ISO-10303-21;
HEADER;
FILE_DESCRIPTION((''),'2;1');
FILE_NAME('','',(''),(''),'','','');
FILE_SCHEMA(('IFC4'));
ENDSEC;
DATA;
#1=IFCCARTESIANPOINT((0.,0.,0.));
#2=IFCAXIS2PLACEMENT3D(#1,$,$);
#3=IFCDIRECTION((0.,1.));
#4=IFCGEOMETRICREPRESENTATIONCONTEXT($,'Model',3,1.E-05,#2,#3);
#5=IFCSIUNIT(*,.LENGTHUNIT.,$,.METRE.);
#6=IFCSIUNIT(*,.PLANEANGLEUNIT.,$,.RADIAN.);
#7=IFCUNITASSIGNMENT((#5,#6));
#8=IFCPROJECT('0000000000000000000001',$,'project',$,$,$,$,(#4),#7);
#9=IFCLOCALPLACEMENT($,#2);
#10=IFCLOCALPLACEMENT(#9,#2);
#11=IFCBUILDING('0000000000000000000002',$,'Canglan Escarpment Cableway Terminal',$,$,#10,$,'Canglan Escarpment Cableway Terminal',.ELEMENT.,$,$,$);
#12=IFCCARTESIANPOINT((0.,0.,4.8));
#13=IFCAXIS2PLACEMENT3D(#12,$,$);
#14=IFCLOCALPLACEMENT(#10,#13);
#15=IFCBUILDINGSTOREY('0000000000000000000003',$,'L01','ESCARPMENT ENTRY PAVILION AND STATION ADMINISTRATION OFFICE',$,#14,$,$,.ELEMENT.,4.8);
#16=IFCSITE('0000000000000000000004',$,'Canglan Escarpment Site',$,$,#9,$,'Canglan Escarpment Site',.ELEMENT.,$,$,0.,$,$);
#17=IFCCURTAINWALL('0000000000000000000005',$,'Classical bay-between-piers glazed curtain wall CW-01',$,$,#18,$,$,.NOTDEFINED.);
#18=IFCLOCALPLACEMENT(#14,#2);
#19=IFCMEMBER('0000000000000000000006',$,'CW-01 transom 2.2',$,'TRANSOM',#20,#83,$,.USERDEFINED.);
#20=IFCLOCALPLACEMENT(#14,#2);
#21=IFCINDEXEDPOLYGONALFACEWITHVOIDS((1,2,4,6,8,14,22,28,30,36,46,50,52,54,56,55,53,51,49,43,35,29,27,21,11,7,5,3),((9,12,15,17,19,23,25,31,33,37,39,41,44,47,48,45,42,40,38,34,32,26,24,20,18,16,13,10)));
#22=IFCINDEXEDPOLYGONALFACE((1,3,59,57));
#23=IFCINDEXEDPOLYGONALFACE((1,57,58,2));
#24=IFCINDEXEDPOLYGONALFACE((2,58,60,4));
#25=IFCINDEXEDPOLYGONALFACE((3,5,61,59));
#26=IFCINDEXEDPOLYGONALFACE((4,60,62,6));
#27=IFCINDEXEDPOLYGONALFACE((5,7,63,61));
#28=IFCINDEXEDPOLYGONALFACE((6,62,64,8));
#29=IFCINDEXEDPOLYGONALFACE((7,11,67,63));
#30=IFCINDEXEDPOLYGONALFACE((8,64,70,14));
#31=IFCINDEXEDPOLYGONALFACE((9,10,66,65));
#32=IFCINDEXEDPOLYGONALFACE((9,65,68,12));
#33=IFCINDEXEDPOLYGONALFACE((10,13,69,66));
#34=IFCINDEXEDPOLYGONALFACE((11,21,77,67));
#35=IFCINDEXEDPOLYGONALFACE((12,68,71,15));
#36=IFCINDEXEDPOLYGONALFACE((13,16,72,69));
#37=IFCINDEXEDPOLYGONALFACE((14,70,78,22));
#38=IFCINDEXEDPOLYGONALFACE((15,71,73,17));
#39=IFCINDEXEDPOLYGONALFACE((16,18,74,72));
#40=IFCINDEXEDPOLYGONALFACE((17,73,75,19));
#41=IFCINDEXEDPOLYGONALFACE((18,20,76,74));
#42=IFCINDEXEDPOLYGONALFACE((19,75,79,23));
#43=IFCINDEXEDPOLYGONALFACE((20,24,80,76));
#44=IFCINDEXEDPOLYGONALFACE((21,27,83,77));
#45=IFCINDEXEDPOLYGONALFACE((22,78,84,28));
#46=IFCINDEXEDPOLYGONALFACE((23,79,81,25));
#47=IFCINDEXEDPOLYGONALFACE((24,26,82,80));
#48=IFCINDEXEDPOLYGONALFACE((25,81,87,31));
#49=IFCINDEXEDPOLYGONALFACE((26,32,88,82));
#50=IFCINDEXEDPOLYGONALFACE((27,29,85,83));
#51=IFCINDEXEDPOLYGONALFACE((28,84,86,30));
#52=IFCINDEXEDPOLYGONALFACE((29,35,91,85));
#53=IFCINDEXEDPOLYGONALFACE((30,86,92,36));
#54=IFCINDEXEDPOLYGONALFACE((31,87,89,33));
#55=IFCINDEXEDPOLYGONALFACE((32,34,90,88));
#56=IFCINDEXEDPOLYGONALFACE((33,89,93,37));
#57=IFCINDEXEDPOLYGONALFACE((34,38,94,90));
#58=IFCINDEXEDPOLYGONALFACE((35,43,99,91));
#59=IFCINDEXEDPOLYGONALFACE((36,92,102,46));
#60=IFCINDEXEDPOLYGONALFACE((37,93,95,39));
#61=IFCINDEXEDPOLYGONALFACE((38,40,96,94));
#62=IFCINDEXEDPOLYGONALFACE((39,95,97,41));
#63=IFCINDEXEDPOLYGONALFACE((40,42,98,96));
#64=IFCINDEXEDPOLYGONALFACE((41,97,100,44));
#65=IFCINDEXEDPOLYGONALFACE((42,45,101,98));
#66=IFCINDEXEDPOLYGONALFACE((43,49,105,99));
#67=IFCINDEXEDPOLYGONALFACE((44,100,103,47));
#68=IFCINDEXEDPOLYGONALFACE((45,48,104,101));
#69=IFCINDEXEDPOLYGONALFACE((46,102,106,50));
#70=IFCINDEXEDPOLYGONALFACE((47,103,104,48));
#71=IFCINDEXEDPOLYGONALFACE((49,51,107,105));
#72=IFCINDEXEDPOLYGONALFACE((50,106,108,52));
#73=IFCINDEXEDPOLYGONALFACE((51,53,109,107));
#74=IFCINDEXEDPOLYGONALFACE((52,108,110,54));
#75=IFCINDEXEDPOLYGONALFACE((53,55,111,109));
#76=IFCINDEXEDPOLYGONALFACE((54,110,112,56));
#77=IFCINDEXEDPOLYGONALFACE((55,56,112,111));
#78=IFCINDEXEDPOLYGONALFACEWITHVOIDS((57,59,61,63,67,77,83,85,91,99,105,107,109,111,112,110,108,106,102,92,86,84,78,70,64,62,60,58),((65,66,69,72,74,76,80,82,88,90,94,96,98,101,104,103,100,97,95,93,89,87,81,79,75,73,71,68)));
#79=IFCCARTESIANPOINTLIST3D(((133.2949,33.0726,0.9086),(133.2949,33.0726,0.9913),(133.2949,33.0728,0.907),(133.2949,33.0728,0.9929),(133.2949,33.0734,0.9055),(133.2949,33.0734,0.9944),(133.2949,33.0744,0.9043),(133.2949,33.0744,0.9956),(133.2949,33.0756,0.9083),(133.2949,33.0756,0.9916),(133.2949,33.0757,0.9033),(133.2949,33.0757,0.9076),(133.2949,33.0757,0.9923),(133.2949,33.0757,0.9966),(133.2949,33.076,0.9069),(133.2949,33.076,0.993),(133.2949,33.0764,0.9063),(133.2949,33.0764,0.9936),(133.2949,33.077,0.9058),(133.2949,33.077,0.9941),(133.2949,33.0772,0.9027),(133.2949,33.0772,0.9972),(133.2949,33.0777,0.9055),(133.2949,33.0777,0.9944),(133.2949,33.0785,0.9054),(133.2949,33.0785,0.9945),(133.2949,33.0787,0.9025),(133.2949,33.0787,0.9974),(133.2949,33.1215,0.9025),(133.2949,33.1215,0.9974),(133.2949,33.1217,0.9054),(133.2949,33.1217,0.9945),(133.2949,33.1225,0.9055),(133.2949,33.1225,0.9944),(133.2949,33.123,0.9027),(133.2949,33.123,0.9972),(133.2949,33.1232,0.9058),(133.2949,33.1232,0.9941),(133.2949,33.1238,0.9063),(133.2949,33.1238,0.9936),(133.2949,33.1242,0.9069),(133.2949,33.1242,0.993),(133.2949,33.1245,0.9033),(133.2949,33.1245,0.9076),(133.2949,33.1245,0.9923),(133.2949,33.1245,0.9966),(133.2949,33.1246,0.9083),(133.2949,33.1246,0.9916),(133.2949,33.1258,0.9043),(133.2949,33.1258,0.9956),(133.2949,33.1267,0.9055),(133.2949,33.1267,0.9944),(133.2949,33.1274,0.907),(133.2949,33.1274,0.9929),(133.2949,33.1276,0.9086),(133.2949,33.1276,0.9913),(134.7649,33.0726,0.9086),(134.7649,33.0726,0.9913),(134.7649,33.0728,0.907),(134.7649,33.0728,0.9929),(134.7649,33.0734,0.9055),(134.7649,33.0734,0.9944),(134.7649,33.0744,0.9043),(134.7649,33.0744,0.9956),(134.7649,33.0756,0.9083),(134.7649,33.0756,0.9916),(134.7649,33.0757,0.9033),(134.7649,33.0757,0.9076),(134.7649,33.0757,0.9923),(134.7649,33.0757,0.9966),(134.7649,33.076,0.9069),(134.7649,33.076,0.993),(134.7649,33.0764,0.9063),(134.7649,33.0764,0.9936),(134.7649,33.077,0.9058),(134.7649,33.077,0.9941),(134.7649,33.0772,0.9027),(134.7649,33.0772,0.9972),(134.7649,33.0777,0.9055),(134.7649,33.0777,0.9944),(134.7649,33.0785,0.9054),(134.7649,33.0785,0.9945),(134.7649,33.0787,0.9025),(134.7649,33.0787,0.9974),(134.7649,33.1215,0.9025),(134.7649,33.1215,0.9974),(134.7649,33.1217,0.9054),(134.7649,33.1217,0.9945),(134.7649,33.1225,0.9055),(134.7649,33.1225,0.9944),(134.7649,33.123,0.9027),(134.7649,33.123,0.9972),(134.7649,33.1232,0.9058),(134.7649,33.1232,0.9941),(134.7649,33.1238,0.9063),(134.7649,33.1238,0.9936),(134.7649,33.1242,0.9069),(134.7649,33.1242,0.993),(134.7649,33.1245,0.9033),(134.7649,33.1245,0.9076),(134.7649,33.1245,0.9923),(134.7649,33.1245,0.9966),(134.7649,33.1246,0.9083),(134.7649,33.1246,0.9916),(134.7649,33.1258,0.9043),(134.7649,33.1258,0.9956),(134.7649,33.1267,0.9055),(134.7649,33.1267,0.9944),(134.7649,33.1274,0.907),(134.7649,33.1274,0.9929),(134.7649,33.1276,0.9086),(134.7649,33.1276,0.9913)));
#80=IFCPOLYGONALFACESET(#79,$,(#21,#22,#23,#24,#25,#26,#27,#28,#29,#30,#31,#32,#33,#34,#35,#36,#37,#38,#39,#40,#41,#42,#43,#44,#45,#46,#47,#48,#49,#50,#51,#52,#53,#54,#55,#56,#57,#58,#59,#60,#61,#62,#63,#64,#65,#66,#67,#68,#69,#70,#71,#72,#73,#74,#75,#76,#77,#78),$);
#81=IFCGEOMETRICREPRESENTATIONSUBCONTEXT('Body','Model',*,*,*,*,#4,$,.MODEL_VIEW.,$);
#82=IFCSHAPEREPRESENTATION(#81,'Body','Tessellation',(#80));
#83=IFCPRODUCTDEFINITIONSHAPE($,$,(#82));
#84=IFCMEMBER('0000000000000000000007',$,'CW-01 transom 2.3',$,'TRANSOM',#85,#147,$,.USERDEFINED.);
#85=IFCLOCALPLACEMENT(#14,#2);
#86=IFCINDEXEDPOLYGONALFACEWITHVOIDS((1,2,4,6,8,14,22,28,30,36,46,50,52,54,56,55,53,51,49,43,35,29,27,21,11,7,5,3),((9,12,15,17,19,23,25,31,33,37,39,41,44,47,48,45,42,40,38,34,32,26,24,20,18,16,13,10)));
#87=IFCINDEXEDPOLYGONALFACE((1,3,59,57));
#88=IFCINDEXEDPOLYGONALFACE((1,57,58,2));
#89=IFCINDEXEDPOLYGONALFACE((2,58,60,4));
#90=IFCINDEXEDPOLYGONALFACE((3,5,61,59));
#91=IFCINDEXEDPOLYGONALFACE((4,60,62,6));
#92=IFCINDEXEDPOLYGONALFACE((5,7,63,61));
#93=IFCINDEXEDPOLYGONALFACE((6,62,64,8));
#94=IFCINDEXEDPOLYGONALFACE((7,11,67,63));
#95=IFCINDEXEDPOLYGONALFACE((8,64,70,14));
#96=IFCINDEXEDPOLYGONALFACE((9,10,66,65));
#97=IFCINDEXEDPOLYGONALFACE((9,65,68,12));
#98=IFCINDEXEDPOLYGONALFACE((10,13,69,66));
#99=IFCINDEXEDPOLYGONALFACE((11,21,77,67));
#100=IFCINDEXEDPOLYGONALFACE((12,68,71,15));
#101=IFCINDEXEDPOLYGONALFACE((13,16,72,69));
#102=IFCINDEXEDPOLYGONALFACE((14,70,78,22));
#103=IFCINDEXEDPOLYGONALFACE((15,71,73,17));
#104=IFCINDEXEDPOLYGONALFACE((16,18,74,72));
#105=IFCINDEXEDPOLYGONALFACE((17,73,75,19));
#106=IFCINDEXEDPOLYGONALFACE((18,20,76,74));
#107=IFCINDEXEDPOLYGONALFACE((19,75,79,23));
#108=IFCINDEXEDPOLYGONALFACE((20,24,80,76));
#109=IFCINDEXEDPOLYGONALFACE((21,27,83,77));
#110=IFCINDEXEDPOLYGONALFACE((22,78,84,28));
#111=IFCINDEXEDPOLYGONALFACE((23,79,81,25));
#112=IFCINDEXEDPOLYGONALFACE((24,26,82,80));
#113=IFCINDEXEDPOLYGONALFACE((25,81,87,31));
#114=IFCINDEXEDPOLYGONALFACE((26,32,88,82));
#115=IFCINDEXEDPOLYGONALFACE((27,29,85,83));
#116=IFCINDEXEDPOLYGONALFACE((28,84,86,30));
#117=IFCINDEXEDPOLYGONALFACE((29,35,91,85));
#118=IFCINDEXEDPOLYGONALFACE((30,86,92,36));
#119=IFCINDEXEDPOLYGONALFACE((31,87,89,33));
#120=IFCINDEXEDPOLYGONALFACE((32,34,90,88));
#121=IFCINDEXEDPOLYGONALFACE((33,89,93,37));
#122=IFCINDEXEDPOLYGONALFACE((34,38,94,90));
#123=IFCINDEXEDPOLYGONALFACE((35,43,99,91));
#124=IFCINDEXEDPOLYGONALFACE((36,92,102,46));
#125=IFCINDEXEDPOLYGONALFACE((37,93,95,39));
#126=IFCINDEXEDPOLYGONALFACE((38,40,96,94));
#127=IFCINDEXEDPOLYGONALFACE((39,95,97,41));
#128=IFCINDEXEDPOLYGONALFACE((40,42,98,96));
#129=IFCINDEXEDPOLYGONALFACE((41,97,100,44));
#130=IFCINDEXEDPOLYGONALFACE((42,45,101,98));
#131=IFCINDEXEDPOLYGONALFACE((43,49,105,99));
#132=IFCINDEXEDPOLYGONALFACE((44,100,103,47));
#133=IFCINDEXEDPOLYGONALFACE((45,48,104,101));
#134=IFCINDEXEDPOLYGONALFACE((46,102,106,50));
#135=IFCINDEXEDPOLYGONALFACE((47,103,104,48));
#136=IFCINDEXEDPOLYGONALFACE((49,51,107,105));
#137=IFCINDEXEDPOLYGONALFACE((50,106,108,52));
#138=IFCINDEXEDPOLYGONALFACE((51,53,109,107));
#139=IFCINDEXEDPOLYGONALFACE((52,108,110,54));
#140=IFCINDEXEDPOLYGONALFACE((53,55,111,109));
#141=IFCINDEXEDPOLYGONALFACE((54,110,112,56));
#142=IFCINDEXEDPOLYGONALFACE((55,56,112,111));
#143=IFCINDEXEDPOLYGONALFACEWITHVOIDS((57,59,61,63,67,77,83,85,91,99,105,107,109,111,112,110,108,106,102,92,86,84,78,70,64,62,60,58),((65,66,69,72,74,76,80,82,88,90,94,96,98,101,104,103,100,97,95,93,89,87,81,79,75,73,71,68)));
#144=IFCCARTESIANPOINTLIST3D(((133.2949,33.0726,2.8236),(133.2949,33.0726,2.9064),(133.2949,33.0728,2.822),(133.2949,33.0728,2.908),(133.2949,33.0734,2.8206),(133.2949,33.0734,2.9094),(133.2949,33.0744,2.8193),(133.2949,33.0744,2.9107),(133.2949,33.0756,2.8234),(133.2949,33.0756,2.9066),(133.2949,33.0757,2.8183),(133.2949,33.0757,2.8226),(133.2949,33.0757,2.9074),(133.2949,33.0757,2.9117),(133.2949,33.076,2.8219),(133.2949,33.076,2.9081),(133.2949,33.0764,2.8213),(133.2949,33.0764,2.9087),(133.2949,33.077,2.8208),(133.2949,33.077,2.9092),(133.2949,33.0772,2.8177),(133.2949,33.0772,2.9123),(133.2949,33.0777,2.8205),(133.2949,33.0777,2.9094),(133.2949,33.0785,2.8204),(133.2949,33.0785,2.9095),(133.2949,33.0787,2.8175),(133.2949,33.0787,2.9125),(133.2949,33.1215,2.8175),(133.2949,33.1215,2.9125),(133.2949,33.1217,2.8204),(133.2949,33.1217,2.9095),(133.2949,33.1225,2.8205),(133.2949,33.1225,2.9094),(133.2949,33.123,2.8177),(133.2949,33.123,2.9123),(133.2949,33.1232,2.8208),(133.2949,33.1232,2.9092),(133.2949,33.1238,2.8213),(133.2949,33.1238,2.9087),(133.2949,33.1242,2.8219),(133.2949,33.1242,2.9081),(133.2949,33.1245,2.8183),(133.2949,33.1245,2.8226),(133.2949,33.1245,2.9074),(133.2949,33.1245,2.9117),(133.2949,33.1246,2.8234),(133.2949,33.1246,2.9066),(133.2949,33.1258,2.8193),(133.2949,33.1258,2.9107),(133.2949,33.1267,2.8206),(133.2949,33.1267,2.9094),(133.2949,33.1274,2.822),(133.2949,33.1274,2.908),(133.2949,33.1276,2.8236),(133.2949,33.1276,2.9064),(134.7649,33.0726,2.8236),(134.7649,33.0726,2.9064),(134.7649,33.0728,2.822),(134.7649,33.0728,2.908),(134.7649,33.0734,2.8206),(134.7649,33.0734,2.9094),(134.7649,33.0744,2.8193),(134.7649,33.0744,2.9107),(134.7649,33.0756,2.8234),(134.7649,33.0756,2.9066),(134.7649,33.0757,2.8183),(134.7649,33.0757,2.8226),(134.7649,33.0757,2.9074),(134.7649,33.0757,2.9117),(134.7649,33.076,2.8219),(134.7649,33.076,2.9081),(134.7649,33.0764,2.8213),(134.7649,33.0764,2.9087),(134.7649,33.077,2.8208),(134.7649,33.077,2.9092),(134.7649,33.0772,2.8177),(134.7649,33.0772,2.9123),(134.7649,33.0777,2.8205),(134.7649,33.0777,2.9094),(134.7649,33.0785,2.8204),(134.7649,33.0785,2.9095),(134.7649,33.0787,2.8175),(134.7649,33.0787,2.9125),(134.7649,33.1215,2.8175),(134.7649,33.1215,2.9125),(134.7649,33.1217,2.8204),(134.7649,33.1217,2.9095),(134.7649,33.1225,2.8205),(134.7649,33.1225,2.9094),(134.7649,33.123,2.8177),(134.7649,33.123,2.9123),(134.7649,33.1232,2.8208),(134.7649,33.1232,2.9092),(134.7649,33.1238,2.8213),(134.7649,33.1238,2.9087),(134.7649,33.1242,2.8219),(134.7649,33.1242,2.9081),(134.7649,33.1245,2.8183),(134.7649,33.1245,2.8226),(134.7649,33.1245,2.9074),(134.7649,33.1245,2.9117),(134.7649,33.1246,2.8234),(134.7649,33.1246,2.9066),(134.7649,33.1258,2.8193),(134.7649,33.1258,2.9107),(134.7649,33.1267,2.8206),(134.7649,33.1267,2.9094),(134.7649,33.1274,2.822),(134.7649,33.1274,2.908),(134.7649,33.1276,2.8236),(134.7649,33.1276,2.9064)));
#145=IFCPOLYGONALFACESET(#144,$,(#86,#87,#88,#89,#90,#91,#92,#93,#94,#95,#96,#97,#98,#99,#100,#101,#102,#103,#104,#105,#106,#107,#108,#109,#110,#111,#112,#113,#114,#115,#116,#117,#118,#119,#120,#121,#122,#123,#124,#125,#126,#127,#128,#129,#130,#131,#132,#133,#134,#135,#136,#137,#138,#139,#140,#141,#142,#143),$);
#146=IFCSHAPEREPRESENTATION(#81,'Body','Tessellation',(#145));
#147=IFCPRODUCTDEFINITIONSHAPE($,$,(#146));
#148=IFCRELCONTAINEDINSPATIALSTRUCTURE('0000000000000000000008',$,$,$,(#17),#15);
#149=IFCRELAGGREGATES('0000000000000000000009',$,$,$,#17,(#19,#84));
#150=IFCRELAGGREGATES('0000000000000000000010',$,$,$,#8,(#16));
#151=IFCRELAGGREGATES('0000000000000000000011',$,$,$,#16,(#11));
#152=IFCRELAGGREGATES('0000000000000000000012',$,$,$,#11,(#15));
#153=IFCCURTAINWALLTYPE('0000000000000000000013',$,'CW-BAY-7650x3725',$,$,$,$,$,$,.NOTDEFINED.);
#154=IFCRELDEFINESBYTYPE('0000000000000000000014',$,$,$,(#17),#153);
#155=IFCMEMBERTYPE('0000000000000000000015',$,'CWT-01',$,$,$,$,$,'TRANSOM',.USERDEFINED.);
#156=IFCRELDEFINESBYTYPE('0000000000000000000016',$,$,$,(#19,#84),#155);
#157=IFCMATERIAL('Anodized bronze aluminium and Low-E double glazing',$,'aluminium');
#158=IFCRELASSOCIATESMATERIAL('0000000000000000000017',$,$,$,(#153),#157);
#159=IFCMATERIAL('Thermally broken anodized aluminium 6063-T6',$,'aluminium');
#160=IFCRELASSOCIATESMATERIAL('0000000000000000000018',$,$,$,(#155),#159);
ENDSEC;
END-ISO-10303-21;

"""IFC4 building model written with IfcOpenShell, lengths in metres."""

from ifc_helpers import new_model, si_unit, direction, frame, origin, origin_2d, place, context, subcontext, project, spatial, hollow_rectangle, extrude, material, material_profile, profile_set, type_object, element, aggregate, save


model = new_model("IFC4")

# Units and contexts
model_context = context("Model", 3, precision=1e-05, world=origin(), true_north=direction((0.0, 1.0)))
body_context = subcontext(model_context, "Body", "Model", "MODEL_VIEW")
ifc_project = project(units=[si_unit("LENGTHUNIT", "METRE"), si_unit("PLANEANGLEUNIT", "RADIAN")], contexts=[model_context])

# Site, building, storey
site_placement = place(None, origin())
site = spatial("IfcSite", under=ifc_project, at=site_placement, Name="Canglan Escarpment Site", LongName="Canglan Escarpment Site", CompositionType="ELEMENT", RefElevation=0.0)
building_placement = place(site_placement, origin())
building = spatial("IfcBuilding", under=site, at=building_placement, Name="Canglan Escarpment Cableway Terminal", LongName="Canglan Escarpment Cableway Terminal", CompositionType="ELEMENT")
storey_placement = place(building_placement, frame((0.0, 0.0, 4.8)))
storey = spatial("IfcBuildingStorey", under=building, at=storey_placement, Name="L01", Description="ESCARPMENT ENTRY PAVILION AND STATION ADMINISTRATION OFFICE", CompositionType="ELEMENT", Elevation=4.8)

# Curtain wall, members
ifc_material_1 = material(Name="Anodized bronze aluminium and Low-E double glazing", Category="aluminium")
curtain_wall_type = type_object("IfcCurtainWallType", Name="CW-BAY-7650x3725", PredefinedType="NOTDEFINED", material=ifc_material_1)
curtain_wall_placement = place(storey_placement, origin())
curtain_wall = element("IfcCurtainWall", 1, at=curtain_wall_placement, inside=storey, type_object=curtain_wall_type, Name="Classical bay-between-piers glazed curtain wall CW-01", PredefinedType="NOTDEFINED")
ifc_material_2 = material(Name="Thermally broken anodized aluminium 6063-T6", Category="aluminium")
ifc_material_profile_1 = material_profile(ifc_material_2, hollow_rectangle(XDim=0.0549, YDim=0.095, WallThickness=0.0029, InnerFilletRadius=0.0029, OuterFilletRadius=0.0061, at=origin_2d()), Name="ALU-TRAN 55x95x3")
ifc_profile_set_1 = profile_set([ifc_material_profile_1], Name="Thermally broken anodized aluminium 6063-T6")
member_type_1 = type_object("IfcMemberType", Name="CWT-01", ElementType="TRANSOM", PredefinedType="USERDEFINED", material=ifc_profile_set_1)
member_1_placement = place(storey_placement, frame((134.7649, 33.1001, 0.95), z_axis=(-1.0, 0.0, 0.0), x_axis=(0.0, -1.0, 0.0)))
member_1 = element("IfcMember", 2, at=member_1_placement, type_object=member_type_1, Name="CW-01 transom 2.2", ObjectType="TRANSOM", PredefinedType="USERDEFINED", context=body_context, shape_type="SweptSolid", body=[
    extrude(hollow_rectangle(XDim=0.0549, YDim=0.095, WallThickness=0.0029, InnerFilletRadius=0.0029, OuterFilletRadius=0.0061, at=origin_2d()), origin(), (0.0, 0.0, 1.0), 1.47),
])
member_2_placement = place(storey_placement, frame((134.7649, 33.1001, 2.865), z_axis=(-1.0, 0.0, 0.0), x_axis=(0.0, -1.0, 0.0)))
member_2 = element("IfcMember", 3, at=member_2_placement, type_object=member_type_1, Name="CW-01 transom 2.3", ObjectType="TRANSOM", PredefinedType="USERDEFINED", context=body_context, shape_type="SweptSolid", body=[
    extrude(hollow_rectangle(XDim=0.0549, YDim=0.095, WallThickness=0.0029, InnerFilletRadius=0.0029, OuterFilletRadius=0.0061, at=origin_2d()), origin(), (0.0, 0.0, 1.0), 1.47),
])
aggregate(curtain_wall, [member_1, member_2])

save(model, "model.ifc")
